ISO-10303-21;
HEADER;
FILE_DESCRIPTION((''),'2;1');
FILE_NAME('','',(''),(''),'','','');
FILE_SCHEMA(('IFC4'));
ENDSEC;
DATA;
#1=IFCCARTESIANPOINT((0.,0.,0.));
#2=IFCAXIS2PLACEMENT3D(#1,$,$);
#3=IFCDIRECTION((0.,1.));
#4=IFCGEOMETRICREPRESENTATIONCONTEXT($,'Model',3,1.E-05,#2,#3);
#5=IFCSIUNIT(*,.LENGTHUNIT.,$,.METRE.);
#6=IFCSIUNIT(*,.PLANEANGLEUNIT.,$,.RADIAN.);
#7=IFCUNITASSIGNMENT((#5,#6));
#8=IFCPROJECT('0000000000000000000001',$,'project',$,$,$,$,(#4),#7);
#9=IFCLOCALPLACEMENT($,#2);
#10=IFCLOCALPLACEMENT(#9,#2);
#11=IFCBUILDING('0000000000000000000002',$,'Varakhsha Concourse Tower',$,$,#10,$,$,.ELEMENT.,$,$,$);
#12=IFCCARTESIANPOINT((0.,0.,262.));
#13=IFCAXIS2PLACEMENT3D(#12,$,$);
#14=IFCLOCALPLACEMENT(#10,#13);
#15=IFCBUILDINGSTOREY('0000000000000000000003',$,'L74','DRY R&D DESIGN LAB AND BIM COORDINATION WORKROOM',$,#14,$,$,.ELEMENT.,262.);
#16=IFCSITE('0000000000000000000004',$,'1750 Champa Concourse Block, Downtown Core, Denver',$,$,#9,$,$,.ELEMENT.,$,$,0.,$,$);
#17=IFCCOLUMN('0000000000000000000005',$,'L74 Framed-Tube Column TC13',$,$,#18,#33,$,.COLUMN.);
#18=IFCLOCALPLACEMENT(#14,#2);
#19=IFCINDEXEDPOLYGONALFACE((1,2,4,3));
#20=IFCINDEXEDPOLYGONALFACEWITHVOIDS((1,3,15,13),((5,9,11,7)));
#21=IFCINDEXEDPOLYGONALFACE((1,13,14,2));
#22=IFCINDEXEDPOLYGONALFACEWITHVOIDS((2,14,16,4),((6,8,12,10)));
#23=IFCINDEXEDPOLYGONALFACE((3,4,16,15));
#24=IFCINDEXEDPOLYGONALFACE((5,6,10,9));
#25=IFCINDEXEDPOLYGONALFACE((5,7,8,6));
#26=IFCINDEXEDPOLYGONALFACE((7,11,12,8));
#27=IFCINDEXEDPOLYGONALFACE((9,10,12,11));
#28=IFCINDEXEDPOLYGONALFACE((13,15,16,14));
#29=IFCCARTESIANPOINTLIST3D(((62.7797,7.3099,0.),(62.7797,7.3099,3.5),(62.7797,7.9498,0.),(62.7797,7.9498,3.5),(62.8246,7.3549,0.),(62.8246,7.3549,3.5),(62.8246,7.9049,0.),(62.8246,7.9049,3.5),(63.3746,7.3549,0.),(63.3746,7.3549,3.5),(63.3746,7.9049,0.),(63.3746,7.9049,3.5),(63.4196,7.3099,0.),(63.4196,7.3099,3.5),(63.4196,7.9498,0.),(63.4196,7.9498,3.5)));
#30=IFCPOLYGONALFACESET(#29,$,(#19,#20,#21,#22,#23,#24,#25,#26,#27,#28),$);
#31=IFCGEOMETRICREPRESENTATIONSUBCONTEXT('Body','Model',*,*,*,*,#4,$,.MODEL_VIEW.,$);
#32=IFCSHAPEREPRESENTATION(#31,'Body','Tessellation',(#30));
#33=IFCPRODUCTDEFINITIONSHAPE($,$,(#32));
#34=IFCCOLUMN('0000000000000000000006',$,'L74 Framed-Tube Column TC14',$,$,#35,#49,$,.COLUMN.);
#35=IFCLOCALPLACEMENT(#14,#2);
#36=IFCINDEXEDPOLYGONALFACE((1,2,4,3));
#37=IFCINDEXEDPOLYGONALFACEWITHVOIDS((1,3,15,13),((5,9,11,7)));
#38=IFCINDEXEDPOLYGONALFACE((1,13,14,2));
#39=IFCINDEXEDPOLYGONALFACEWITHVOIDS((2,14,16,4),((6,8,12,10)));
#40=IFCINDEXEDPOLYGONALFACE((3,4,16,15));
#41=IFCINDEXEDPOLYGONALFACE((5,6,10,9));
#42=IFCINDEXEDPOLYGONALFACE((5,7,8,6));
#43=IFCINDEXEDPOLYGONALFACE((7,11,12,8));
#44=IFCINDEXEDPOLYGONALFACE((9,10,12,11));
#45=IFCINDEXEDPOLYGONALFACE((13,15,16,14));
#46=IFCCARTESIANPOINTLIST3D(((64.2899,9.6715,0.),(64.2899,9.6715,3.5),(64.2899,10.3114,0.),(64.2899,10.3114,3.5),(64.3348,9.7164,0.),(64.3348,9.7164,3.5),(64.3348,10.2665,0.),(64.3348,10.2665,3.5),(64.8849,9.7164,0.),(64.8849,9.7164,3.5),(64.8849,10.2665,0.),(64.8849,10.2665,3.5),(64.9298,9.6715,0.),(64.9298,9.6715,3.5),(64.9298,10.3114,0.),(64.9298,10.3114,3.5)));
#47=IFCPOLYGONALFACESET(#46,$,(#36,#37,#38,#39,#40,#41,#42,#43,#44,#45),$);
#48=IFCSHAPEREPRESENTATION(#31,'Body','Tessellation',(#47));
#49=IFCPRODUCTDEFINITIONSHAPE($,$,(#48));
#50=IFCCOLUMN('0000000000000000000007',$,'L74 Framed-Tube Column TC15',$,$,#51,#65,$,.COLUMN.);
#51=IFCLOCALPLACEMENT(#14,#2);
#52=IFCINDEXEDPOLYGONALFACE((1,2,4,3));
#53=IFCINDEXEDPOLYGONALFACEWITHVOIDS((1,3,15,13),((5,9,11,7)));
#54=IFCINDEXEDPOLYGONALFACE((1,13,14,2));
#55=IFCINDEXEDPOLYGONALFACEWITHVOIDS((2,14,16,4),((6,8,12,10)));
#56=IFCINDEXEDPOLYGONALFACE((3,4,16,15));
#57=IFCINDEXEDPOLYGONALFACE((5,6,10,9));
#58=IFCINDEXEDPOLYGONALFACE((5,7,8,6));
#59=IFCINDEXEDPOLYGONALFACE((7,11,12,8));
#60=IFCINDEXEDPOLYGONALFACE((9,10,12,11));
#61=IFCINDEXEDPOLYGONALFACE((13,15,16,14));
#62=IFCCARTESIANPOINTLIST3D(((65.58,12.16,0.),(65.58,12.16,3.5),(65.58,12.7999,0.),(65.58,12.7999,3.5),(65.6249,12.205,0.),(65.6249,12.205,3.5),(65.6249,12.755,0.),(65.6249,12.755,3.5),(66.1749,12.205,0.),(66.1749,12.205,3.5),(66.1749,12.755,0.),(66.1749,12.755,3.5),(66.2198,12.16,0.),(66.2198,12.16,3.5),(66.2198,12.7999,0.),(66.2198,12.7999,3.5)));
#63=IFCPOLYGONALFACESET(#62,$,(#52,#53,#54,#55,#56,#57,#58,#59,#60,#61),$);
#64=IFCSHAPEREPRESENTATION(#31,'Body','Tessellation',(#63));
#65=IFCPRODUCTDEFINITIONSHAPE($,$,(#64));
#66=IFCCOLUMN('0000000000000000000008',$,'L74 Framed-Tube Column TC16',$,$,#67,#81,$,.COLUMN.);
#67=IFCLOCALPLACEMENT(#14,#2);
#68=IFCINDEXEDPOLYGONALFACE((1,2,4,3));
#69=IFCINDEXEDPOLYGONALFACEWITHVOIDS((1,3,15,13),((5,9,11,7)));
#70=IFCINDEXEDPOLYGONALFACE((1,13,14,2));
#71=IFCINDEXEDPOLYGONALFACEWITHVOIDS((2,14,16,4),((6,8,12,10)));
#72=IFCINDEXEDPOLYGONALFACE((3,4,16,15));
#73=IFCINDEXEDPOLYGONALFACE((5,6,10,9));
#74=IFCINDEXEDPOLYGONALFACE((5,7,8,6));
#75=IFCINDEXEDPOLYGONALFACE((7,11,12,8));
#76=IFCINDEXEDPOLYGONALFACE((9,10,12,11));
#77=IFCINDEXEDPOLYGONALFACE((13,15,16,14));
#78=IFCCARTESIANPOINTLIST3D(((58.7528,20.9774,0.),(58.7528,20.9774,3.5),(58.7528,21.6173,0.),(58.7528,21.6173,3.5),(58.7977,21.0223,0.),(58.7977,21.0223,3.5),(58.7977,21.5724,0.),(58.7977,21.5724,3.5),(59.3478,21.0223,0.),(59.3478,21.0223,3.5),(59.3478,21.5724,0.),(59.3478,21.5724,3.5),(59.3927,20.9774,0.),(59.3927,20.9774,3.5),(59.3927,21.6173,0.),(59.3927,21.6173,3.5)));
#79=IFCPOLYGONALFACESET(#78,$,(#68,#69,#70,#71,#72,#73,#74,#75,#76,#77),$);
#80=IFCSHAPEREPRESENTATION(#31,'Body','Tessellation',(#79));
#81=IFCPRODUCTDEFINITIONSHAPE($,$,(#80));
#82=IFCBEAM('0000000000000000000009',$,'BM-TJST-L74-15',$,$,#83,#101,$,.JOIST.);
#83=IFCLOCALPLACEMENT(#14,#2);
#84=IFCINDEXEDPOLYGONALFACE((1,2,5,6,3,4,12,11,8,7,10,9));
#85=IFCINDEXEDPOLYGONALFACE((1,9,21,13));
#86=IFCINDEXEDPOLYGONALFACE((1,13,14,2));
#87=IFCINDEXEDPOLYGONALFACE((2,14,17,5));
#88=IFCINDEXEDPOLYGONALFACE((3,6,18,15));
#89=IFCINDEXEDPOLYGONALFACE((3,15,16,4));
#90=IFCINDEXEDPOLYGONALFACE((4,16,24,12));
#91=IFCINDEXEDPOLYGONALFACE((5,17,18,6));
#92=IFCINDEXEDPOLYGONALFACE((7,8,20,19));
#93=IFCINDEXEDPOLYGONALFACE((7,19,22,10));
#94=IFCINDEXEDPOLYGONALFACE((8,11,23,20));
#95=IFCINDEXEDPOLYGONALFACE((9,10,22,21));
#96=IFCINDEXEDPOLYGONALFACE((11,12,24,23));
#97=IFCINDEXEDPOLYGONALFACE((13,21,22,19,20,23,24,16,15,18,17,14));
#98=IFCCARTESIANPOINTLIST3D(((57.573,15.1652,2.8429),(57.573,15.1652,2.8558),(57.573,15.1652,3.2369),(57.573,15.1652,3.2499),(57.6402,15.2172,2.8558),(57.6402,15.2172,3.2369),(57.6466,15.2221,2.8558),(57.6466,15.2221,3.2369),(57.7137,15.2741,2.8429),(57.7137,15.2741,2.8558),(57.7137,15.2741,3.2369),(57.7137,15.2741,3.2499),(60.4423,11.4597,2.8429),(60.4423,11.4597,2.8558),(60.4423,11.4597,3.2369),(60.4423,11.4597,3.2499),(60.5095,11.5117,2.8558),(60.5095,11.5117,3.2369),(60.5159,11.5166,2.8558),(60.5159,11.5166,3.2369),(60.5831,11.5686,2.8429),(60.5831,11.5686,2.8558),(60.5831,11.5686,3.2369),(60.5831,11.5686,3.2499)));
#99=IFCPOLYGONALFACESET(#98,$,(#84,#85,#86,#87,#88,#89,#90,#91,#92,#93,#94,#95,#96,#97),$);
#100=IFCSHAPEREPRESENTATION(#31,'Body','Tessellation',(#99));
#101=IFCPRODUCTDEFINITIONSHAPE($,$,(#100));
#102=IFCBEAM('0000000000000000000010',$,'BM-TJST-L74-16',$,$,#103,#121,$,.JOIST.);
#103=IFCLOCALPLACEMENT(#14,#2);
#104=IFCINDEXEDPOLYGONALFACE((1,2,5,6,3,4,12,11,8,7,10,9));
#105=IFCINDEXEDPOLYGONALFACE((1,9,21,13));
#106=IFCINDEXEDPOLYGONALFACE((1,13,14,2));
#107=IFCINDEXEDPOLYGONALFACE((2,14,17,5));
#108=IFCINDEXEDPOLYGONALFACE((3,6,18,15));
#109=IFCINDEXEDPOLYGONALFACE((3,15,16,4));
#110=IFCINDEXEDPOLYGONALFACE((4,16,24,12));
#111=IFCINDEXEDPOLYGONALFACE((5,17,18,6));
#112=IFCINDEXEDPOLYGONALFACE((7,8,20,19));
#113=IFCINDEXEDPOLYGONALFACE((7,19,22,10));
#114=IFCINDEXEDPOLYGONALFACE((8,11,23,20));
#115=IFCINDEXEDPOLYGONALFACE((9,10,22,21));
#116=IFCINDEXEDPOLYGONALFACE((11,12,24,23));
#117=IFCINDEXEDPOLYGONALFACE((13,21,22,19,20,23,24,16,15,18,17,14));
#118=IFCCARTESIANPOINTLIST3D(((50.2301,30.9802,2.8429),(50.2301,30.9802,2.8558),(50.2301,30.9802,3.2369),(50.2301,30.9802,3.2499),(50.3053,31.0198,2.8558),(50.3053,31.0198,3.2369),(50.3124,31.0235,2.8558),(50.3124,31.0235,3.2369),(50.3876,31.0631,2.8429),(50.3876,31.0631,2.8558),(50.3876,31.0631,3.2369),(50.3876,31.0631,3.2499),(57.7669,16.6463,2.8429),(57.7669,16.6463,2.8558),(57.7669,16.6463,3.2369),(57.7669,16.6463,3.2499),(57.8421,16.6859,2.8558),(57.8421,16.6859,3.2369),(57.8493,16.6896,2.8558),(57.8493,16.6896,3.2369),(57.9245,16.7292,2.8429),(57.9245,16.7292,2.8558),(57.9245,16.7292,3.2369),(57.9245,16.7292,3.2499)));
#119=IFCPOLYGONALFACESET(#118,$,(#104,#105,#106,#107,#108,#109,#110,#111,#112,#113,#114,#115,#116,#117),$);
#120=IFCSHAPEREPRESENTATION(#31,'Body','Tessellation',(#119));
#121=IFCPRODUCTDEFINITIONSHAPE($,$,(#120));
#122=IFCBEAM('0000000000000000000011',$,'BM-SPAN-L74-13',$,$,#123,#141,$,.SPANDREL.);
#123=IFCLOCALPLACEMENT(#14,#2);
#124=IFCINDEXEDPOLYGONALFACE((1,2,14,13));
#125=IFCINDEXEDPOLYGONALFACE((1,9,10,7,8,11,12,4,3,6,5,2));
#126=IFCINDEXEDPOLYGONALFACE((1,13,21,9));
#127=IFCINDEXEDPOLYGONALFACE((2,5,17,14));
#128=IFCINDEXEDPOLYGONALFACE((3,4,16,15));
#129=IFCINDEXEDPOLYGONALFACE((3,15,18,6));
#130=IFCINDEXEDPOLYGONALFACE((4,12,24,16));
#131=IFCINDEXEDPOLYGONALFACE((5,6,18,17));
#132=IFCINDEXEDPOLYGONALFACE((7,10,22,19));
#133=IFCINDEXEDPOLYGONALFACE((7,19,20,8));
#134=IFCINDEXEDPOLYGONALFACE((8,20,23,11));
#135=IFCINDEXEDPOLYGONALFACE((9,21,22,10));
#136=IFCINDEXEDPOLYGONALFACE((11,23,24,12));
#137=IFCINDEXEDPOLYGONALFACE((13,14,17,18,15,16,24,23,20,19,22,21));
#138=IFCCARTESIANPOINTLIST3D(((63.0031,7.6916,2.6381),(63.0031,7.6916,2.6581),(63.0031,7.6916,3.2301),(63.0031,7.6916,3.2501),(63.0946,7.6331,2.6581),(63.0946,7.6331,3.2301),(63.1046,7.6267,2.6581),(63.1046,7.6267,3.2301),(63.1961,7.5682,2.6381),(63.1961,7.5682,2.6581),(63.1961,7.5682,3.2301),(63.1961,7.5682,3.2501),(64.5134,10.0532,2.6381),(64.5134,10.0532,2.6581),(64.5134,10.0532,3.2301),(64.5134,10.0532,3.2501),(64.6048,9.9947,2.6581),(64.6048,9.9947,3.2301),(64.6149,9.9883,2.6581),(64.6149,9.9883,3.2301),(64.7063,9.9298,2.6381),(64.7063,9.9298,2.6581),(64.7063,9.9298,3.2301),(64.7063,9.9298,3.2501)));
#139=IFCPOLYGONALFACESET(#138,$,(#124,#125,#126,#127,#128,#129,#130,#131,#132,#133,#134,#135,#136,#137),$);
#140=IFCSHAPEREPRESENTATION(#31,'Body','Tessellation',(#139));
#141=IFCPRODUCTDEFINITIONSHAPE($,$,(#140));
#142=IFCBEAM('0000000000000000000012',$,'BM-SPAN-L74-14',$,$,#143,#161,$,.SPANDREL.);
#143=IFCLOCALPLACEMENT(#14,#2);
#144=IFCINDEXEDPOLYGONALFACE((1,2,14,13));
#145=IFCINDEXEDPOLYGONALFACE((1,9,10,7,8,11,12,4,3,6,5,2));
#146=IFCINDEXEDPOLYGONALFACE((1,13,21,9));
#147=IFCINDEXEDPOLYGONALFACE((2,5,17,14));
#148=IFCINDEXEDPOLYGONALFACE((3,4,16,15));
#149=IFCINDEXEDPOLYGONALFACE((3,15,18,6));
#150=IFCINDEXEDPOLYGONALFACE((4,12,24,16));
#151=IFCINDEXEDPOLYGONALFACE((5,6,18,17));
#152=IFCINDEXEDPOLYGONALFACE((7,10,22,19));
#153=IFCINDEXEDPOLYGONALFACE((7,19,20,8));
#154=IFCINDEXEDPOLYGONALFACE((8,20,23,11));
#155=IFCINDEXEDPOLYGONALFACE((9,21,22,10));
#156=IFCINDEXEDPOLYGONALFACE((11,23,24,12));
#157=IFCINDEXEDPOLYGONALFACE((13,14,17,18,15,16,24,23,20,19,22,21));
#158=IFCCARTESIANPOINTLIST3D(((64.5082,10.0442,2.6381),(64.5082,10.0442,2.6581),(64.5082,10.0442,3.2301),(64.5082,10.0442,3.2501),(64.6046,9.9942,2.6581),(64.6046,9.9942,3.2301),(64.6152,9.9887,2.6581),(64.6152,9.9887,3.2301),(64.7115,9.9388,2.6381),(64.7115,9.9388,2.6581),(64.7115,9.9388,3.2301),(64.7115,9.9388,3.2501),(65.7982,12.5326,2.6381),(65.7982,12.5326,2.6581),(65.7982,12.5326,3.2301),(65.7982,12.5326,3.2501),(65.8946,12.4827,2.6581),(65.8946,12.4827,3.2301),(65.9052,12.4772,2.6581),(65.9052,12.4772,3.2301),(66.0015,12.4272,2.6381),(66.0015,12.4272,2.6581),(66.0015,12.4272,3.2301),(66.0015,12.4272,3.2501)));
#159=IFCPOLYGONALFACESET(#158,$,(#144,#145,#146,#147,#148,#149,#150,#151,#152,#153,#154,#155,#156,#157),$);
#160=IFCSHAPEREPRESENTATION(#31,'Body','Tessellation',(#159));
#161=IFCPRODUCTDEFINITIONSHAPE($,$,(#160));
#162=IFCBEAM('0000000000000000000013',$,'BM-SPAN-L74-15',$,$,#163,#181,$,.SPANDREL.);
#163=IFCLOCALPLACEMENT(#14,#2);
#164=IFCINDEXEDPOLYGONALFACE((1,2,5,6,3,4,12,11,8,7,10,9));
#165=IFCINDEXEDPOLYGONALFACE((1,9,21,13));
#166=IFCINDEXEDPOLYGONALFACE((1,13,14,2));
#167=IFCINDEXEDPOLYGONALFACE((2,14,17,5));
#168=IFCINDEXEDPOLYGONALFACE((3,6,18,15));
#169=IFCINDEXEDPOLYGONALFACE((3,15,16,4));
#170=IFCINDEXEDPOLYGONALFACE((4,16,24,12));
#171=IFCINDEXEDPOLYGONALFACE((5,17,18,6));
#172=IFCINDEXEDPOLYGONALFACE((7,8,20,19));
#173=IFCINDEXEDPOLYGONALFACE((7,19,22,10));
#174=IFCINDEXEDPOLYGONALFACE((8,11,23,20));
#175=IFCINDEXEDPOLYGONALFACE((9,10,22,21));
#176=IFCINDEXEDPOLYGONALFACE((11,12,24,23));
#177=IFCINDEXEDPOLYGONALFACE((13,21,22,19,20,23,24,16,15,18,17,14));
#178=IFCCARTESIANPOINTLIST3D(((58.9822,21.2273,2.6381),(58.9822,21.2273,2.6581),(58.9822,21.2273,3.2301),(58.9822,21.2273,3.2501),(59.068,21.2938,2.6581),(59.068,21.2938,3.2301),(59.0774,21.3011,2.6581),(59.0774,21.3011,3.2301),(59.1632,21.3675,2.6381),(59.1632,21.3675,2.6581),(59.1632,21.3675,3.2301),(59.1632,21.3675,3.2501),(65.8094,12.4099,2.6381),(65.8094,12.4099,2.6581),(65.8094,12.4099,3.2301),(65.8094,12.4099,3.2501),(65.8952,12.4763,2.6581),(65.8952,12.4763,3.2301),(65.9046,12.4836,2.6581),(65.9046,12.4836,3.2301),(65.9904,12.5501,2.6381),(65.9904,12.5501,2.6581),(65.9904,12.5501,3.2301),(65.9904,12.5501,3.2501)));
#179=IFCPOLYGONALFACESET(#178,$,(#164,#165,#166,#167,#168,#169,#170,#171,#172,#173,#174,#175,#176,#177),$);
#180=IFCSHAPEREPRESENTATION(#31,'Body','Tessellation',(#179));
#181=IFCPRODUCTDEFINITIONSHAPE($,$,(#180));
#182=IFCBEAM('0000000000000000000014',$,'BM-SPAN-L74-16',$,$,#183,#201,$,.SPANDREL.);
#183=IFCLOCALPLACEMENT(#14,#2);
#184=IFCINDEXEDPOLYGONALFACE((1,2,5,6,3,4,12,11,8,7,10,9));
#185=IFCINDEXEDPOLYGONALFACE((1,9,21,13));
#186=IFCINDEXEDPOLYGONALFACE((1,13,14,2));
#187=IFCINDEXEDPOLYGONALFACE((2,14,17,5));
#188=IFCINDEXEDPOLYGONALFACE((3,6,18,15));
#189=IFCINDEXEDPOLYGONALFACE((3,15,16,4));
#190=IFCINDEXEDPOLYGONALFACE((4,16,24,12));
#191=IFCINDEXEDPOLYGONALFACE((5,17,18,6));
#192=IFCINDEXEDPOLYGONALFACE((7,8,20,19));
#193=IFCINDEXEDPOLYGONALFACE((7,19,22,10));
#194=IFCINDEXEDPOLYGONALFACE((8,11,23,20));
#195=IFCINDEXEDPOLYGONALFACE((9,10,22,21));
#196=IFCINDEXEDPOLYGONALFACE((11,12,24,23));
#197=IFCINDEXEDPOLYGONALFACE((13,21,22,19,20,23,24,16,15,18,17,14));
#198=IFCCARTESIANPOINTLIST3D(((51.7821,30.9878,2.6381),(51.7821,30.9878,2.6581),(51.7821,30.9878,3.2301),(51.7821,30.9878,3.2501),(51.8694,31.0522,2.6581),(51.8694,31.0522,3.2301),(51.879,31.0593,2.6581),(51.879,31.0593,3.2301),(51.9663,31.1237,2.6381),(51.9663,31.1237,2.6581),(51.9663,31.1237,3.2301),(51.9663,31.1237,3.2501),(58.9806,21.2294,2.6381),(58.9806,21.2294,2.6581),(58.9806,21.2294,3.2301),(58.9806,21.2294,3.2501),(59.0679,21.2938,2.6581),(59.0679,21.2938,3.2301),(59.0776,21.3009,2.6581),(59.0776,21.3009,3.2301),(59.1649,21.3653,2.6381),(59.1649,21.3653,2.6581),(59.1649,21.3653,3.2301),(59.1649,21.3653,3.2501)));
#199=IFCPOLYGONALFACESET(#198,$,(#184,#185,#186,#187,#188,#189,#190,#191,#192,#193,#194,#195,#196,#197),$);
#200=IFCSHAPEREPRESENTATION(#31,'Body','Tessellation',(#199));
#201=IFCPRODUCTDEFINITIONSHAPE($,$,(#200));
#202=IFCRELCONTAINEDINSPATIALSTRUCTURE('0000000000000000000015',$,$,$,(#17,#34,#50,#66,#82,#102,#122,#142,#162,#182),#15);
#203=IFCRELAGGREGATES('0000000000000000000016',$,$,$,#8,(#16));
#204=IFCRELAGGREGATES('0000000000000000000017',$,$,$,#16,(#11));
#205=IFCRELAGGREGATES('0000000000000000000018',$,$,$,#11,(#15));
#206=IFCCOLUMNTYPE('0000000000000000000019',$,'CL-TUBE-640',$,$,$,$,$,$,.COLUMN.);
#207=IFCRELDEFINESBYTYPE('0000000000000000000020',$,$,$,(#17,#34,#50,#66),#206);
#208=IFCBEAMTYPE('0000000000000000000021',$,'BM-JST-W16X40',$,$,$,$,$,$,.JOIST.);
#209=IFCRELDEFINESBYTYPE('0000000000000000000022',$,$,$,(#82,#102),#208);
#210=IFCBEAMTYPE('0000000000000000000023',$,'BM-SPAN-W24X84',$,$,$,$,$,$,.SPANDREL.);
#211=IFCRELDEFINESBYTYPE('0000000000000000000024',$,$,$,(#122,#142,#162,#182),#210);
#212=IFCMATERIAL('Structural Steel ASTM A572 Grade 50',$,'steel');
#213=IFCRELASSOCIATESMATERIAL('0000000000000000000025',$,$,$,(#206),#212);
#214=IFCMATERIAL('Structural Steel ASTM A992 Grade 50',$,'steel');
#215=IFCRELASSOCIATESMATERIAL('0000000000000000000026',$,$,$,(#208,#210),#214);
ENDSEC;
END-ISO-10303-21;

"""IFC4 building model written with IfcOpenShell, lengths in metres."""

from ifc_helpers import new_model, si_unit, direction, frame, origin, origin_2d, place, context, subcontext, project, spatial, hollow_rectangle, i_section, extrude, material, material_profile, profile_set, type_object, element, save


model = new_model("IFC4")

# Units and contexts
model_context = context("Model", 3, precision=1e-05, world=origin(), true_north=direction((0.0, 1.0)))
body_context = subcontext(model_context, "Body", "Model", "MODEL_VIEW")
ifc_project = project(units=[si_unit("LENGTHUNIT", "METRE"), si_unit("PLANEANGLEUNIT", "RADIAN")], contexts=[model_context])

# Site, building, storey
site_placement = place(None, origin())
site = spatial("IfcSite", under=ifc_project, at=site_placement, Name="1750 Champa Concourse Block, Downtown Core, Denver", CompositionType="ELEMENT", RefElevation=0.0)
building_placement = place(site_placement, origin())
building = spatial("IfcBuilding", under=site, at=building_placement, Name="Varakhsha Concourse Tower", CompositionType="ELEMENT")
storey_placement = place(building_placement, frame((0.0, 0.0, 262.0)))
storey = spatial("IfcBuildingStorey", under=building, at=storey_placement, Name="L74", Description="DRY R&D DESIGN LAB AND BIM COORDINATION WORKROOM", CompositionType="ELEMENT", Elevation=262.0)

# Columns
ifc_material_1 = material(Name="Structural Steel ASTM A572 Grade 50", Category="steel")
ifc_material_profile_1 = material_profile(ifc_material_1, hollow_rectangle(XDim=0.6399, YDim=0.6399, WallThickness=0.0449, at=origin_2d()), Name="BOX 640x640x45")
ifc_profile_set_1 = profile_set([ifc_material_profile_1], Name="Structural Steel ASTM A572 Grade 50")
column_type = type_object("IfcColumnType", Name="CL-TUBE-640", PredefinedType="COLUMN", material=ifc_profile_set_1)
for number, where, z_axis, x_axis, name in (
    (1, (63.0996, 7.6299, 0.0), (0.0, 0.0, 1.0), (1.0, 0.0, 0.0), "L74 Framed-Tube Column TC13"),
    (2, (64.6099, 9.9915, 0.0), (0.0, 0.0, 1.0), (1.0, 0.0, 0.0), "L74 Framed-Tube Column TC14"),
    (3, (65.8999, 12.48, 0.0), (0.0, 0.0, 1.0), (1.0, 0.0, 0.0), "L74 Framed-Tube Column TC15"),
    (4, (59.0728, 21.2974, 0.0), (0.0, 0.0, 1.0), (1.0, 0.0, 0.0), "L74 Framed-Tube Column TC16"),
):
    element("IfcColumn", number, at=place(storey_placement, frame(where, z_axis=z_axis, x_axis=x_axis)), inside=storey, type_object=column_type, Name=name, PredefinedType="COLUMN", context=body_context, shape_type="SweptSolid", body=[
        extrude(hollow_rectangle(XDim=0.6399, YDim=0.6399, WallThickness=0.0449, at=origin_2d()), origin(), (0.0, 0.0, 1.0), 3.5),
    ])

# Beams
ifc_material_2 = material(Name="Structural Steel ASTM A992 Grade 50", Category="steel")
ifc_material_profile_2 = material_profile(ifc_material_2, i_section(OverallWidth=0.178, OverallDepth=0.407, WebThickness=0.0081, FlangeThickness=0.0129, at=origin_2d()), Name="W16X40")
ifc_profile_set_2 = profile_set([ifc_material_profile_2], Name="Structural Steel ASTM A992 Grade 50")
beam_type_1 = type_object("IfcBeamType", Name="BM-JST-W16X40", PredefinedType="JOIST", material=ifc_profile_set_2)
beam_1_placement = place(storey_placement, frame((60.5127, 11.5142, 3.0464), z_axis=(-0.612248, 0.790666, 0.0), x_axis=(-0.790666, -0.612248, 0.0)))
element("IfcBeam", 5, at=beam_1_placement, inside=storey, type_object=beam_type_1, Name="BM-TJST-L74-15", PredefinedType="JOIST", context=body_context, shape_type="SweptSolid", body=[
    extrude(i_section(OverallWidth=0.178, OverallDepth=0.407, WebThickness=0.0081, FlangeThickness=0.0129, at=origin_2d()), origin(), (0.0, 0.0, 1.0), 4.6865),
])
beam_2_placement = place(storey_placement, frame((57.8457, 16.6877, 3.0464), z_axis=(-0.465392, 0.885105, 0.0), x_axis=(-0.885105, -0.465392, 0.0)))
element("IfcBeam", 6, at=beam_2_placement, inside=storey, type_object=beam_type_1, Name="BM-TJST-L74-16", PredefinedType="JOIST", context=body_context, shape_type="SweptSolid", body=[
    extrude(i_section(OverallWidth=0.178, OverallDepth=0.407, WebThickness=0.0081, FlangeThickness=0.0129, at=origin_2d()), origin(), (0.0, 0.0, 1.0), 16.1946),
])
ifc_material_profile_3 = material_profile(ifc_material_2, i_section(OverallWidth=0.229, OverallDepth=0.6121, WebThickness=0.012, FlangeThickness=0.02, at=origin_2d()), Name="W24X84")
ifc_profile_set_3 = profile_set([ifc_material_profile_3], Name="Structural Steel ASTM A992 Grade 50")
beam_type_2 = type_object("IfcBeamType", Name="BM-SPAN-W24X84", PredefinedType="SPANDREL", material=ifc_profile_set_3)
beam_3_placement = place(storey_placement, frame((63.0996, 7.6299, 2.9441), z_axis=(0.538762, 0.842458, 0.0), x_axis=(-0.842458, 0.538762, 0.0)))
element("IfcBeam", 7, at=beam_3_placement, inside=storey, type_object=beam_type_2, Name="BM-SPAN-L74-13", PredefinedType="SPANDREL", context=body_context, shape_type="SweptSolid", body=[
    extrude(i_section(OverallWidth=0.229, OverallDepth=0.6121, WebThickness=0.012, FlangeThickness=0.02, at=origin_2d()), origin(), (0.0, 0.0, 1.0), 2.8032),
])
beam_4_placement = place(storey_placement, frame((64.6099, 9.9915, 2.9441), z_axis=(0.460231, 0.887799, 0.0), x_axis=(-0.887799, 0.460231, 0.0)))
element("IfcBeam", 8, at=beam_4_placement, inside=storey, type_object=beam_type_2, Name="BM-SPAN-L74-14", PredefinedType="SPANDREL", context=body_context, shape_type="SweptSolid", body=[
    extrude(i_section(OverallWidth=0.229, OverallDepth=0.6121, WebThickness=0.012, FlangeThickness=0.02, at=origin_2d()), origin(), (0.0, 0.0, 1.0), 2.803),
])
beam_5_placement = place(storey_placement, frame((65.8999, 12.48, 2.9441), z_axis=(-0.612217, 0.79069, 0.0), x_axis=(-0.79069, -0.612217, 0.0)))
element("IfcBeam", 9, at=beam_5_placement, inside=storey, type_object=beam_type_2, Name="BM-SPAN-L74-15", PredefinedType="SPANDREL", context=body_context, shape_type="SweptSolid", body=[
    extrude(i_section(OverallWidth=0.229, OverallDepth=0.6121, WebThickness=0.012, FlangeThickness=0.02, at=origin_2d()), origin(), (0.0, 0.0, 1.0), 11.1516),
])
beam_6_placement = place(storey_placement, frame((59.0728, 21.2974, 2.9441), z_axis=(-0.593635, 0.804734, 0.0), x_axis=(-0.804734, -0.593635, 0.0)))
element("IfcBeam", 10, at=beam_6_placement, inside=storey, type_object=beam_type_2, Name="BM-SPAN-L74-16", PredefinedType="SPANDREL", context=body_context, shape_type="SweptSolid", body=[
    extrude(i_section(OverallWidth=0.229, OverallDepth=0.6121, WebThickness=0.012, FlangeThickness=0.02, at=origin_2d()), origin(), (0.0, 0.0, 1.0), 12.1262),
])

save(model, "model.ifc")
